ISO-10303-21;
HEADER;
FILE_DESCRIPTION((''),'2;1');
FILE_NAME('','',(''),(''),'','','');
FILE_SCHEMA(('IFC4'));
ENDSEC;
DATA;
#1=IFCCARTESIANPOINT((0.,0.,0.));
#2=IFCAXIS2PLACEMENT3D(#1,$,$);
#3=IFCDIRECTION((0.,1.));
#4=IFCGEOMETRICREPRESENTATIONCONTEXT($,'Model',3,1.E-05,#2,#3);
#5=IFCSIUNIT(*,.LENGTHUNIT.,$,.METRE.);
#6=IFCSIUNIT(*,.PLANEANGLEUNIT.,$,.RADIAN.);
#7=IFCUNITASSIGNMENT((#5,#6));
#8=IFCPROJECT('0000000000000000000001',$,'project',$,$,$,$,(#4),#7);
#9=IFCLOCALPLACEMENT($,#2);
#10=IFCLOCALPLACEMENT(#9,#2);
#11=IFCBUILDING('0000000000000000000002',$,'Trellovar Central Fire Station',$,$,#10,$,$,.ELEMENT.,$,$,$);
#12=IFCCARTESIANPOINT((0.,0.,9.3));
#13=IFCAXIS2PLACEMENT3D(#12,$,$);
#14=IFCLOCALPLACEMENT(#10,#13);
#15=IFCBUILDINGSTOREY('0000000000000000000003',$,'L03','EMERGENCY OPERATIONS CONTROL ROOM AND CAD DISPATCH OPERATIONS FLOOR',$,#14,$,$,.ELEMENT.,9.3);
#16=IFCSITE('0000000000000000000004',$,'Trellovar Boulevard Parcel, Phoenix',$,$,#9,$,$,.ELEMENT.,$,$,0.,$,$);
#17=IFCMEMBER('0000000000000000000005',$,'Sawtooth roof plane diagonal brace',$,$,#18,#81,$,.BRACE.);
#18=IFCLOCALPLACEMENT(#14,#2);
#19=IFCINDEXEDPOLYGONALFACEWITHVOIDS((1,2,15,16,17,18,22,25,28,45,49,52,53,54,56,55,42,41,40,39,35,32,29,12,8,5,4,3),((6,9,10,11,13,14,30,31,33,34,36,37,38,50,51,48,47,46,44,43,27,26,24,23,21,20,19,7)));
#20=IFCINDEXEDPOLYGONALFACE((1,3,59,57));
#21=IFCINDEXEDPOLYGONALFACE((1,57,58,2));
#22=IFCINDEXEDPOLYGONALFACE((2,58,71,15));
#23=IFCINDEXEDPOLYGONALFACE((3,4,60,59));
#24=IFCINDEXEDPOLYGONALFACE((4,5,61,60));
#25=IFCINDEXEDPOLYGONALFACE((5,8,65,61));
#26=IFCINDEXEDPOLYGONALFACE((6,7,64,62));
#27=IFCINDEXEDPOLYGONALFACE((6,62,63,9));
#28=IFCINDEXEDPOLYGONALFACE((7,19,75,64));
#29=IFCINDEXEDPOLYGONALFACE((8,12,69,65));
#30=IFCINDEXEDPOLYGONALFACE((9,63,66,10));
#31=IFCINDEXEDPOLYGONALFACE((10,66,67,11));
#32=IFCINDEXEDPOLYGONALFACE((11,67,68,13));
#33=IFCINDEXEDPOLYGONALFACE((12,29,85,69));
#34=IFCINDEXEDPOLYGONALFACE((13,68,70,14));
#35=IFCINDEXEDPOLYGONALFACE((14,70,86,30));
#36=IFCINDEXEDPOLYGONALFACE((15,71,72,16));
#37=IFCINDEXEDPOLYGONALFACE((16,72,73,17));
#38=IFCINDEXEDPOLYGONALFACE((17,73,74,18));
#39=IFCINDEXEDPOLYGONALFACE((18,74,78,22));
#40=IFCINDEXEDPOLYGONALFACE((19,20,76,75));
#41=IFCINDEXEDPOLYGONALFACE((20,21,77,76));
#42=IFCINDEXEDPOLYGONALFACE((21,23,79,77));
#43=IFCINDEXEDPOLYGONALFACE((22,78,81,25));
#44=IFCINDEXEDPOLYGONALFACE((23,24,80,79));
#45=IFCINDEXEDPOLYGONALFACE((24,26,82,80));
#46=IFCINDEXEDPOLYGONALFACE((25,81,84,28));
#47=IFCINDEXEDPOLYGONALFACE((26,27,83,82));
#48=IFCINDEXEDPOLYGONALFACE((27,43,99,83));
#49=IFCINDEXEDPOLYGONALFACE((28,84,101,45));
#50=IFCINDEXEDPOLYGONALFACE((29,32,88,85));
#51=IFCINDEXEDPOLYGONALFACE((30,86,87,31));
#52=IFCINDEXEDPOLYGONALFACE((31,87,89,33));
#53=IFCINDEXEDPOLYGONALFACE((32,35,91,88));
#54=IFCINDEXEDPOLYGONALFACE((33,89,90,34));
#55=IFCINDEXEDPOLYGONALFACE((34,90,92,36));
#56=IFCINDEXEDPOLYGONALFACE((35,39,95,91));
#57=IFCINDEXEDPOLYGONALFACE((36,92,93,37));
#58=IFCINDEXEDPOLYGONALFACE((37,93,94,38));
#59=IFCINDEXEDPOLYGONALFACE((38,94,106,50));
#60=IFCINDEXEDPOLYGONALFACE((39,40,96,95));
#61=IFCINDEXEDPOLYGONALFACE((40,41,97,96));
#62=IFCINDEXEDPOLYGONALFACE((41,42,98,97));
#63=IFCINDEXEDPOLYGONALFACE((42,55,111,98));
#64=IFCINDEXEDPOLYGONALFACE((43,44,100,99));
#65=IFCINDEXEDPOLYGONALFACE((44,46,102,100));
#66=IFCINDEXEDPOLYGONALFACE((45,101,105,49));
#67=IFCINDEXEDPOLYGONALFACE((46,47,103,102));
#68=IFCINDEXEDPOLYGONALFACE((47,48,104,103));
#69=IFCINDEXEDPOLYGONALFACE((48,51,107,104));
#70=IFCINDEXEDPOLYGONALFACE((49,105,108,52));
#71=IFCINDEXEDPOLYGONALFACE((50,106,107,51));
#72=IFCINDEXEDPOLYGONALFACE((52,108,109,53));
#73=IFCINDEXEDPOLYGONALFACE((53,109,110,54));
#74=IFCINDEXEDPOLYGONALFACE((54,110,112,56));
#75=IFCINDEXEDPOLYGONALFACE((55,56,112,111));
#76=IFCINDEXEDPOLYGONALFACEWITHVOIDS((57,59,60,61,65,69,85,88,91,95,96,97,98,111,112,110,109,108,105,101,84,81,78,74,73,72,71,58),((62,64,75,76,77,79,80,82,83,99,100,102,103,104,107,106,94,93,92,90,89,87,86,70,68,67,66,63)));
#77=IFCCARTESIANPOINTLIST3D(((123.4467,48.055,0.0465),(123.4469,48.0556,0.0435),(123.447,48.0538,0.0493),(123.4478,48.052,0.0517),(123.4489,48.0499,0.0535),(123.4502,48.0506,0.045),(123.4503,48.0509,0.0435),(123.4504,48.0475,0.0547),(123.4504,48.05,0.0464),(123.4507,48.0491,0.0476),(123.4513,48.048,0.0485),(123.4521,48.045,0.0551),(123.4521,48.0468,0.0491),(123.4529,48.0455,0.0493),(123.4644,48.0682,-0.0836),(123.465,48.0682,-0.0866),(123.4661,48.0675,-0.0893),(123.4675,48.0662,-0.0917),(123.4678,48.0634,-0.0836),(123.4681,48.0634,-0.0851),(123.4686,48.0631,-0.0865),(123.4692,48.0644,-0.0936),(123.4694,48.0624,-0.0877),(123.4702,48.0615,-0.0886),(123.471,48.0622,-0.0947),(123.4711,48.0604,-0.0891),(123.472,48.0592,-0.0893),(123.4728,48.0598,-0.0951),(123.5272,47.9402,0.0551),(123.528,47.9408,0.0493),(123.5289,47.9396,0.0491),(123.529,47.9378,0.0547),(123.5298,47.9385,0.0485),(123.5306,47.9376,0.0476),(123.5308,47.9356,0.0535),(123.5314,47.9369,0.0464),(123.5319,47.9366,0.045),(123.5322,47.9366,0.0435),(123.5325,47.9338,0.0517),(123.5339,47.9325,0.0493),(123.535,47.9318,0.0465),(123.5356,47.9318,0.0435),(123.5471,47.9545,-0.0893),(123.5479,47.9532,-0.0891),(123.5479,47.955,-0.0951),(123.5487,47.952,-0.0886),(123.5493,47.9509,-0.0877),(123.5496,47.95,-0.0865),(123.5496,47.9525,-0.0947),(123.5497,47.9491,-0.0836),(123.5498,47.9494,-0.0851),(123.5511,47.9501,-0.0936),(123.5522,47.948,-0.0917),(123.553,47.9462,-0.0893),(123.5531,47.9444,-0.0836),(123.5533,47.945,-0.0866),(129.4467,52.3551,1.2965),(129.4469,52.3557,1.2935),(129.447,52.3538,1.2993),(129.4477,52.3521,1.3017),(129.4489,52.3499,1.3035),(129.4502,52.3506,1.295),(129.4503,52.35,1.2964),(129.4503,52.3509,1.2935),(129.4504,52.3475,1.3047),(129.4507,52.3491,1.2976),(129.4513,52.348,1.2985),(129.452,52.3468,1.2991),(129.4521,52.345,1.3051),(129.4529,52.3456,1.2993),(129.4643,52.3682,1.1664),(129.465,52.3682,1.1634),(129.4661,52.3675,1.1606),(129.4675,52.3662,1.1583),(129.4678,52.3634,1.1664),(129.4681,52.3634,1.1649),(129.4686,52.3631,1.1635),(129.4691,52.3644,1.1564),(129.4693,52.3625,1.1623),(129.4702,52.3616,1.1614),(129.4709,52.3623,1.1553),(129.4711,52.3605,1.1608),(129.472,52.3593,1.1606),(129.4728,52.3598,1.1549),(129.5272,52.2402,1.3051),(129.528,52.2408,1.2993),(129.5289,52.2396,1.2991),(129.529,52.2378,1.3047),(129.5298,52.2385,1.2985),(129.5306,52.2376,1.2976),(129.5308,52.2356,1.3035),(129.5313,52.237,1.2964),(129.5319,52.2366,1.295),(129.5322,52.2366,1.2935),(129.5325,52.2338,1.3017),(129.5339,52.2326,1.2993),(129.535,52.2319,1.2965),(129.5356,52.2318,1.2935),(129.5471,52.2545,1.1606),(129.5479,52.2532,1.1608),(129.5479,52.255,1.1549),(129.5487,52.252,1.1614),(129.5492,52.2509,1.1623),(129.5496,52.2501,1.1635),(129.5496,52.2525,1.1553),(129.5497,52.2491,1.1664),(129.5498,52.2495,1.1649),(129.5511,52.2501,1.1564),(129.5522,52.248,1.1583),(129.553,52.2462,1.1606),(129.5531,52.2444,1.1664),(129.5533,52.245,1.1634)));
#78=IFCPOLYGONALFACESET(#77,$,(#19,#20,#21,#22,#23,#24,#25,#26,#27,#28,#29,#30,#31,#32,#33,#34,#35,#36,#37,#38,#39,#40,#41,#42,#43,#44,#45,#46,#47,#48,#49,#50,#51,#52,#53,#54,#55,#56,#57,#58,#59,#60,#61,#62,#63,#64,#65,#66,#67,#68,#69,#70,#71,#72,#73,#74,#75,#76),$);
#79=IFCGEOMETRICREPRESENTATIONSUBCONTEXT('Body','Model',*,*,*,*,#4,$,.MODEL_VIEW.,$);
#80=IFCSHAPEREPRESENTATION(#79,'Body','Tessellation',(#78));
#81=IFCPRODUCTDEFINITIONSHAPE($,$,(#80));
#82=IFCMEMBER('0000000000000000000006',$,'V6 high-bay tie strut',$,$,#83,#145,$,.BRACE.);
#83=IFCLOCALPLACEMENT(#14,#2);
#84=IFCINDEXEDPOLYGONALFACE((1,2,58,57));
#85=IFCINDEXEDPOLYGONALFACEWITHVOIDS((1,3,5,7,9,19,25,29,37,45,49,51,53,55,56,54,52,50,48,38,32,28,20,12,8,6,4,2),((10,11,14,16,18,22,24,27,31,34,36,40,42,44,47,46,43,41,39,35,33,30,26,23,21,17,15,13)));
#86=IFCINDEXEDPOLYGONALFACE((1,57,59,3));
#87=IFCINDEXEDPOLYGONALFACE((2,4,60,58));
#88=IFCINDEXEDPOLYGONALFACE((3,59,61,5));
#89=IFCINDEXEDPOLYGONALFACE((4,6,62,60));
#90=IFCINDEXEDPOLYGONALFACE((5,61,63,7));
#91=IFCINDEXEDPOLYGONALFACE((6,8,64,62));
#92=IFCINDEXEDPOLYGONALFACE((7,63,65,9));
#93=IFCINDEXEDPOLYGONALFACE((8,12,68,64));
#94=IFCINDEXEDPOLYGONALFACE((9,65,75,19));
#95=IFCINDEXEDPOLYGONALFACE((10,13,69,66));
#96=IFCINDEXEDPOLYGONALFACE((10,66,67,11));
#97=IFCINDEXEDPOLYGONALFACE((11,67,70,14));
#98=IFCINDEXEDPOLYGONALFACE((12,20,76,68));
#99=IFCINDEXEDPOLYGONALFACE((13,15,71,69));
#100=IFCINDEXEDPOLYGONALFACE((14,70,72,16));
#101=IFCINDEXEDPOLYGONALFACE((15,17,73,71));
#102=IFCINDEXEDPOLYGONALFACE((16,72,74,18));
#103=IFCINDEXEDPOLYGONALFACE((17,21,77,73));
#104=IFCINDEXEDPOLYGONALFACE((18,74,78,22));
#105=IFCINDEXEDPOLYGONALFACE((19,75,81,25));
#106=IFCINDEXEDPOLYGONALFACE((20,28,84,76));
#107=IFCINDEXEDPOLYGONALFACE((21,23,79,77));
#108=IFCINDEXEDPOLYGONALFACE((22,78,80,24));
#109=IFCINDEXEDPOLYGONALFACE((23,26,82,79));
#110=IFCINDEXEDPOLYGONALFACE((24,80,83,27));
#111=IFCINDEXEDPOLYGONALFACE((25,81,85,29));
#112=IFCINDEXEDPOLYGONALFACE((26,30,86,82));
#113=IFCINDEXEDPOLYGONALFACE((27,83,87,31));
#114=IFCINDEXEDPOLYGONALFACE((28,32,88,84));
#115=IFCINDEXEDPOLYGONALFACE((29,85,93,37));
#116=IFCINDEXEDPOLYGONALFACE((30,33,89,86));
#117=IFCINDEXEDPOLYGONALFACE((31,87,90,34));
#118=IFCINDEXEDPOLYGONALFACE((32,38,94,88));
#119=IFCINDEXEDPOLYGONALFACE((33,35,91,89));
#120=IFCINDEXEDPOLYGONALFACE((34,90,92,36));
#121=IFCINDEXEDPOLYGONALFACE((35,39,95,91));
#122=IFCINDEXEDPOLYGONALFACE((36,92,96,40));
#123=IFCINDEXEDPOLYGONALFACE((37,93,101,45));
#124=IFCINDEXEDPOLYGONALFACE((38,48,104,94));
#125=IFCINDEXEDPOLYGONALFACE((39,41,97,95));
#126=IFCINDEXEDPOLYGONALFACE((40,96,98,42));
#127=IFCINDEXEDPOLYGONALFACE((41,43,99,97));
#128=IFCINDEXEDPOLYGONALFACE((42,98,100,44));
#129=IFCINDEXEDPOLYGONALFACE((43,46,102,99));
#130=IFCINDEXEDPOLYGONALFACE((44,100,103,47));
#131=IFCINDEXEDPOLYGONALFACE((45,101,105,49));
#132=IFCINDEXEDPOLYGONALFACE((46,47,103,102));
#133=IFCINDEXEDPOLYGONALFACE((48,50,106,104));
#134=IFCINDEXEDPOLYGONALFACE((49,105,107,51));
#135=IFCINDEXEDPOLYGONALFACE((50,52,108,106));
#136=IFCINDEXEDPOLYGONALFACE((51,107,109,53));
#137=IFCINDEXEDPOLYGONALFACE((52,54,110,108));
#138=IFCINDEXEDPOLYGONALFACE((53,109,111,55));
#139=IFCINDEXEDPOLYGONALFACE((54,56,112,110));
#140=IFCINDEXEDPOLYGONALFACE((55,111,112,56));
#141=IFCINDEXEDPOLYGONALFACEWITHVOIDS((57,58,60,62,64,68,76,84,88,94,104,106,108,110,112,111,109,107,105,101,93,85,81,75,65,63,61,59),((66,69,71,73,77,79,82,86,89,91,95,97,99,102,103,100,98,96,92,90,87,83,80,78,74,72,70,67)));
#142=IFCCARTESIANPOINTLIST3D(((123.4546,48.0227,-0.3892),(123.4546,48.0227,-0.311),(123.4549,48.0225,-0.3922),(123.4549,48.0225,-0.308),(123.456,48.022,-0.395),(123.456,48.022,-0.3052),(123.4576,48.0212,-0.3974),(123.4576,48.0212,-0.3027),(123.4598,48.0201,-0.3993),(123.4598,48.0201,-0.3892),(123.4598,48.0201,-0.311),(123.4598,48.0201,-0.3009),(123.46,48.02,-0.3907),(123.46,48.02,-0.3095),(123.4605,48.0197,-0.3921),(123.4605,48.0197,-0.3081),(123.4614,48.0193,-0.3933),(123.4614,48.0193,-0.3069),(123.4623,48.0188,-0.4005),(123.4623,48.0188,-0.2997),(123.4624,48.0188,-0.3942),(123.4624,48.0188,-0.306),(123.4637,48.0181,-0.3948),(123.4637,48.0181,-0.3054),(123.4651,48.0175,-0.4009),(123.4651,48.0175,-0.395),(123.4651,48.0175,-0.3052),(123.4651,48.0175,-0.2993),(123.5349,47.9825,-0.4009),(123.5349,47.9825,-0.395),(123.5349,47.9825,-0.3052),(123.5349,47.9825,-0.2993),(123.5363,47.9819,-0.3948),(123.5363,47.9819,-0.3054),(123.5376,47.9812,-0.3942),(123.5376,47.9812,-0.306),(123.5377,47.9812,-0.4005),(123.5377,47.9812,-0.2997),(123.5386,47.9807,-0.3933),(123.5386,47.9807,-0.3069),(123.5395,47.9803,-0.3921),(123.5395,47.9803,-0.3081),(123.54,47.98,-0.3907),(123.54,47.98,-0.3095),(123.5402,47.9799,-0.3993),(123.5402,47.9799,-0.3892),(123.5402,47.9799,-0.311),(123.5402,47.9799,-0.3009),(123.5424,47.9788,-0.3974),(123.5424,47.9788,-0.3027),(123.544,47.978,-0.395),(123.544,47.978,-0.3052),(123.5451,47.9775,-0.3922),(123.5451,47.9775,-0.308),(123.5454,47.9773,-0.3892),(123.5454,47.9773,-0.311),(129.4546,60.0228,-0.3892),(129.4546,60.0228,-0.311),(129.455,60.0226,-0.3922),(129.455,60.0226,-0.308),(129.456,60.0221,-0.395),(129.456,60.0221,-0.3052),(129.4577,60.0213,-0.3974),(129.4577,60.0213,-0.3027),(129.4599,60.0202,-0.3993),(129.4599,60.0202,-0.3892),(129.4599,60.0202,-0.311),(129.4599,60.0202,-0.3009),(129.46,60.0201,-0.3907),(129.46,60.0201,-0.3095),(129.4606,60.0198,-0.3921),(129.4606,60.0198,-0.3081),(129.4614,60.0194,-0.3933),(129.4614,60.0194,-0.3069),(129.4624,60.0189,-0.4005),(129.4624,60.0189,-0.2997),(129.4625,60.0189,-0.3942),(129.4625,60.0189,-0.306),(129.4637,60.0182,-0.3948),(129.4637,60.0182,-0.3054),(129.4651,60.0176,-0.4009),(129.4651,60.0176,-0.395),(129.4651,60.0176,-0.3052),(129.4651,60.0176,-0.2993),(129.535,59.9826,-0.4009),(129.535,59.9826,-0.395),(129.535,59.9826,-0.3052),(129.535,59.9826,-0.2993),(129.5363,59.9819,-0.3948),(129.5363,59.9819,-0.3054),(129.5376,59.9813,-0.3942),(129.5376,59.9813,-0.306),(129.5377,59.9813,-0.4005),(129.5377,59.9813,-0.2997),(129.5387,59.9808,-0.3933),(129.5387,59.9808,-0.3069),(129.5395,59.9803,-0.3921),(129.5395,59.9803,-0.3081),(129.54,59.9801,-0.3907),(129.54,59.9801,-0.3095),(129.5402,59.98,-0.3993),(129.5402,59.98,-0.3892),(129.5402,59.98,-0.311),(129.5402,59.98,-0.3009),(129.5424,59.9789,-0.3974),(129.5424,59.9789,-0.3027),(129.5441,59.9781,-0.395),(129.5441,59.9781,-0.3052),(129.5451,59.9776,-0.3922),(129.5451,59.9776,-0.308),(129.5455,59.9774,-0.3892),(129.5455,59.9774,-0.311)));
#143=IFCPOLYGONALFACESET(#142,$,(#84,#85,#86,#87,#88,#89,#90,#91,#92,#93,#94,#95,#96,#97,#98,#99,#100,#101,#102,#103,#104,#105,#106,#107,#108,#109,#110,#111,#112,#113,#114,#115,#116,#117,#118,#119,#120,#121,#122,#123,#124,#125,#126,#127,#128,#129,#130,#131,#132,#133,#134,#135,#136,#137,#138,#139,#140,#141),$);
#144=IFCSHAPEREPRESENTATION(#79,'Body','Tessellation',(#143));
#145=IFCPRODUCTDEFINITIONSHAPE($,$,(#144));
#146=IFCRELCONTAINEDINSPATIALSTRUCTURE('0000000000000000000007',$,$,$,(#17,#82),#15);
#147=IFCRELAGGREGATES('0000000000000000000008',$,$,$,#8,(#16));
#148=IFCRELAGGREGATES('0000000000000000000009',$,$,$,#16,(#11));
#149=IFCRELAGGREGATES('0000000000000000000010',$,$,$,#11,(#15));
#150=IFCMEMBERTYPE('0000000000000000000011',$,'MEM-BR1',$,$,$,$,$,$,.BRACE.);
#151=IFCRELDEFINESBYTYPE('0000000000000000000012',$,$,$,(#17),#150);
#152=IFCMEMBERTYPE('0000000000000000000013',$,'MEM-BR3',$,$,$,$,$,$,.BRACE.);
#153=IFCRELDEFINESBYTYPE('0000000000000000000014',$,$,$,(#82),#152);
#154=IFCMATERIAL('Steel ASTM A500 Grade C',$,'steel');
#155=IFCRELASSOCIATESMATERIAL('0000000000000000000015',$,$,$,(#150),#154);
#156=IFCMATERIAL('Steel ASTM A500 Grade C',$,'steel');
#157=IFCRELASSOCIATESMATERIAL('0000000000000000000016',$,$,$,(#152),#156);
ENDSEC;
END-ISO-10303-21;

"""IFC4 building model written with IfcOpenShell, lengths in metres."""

from ifc_helpers import new_model, si_unit, direction, frame, origin, origin_2d, place, context, subcontext, project, spatial, hollow_rectangle, extrude, material, material_profile, profile_set, type_object, element, save


model = new_model("IFC4")

# Units and contexts
model_context = context("Model", 3, precision=1e-05, world=origin(), true_north=direction((0.0, 1.0)))
body_context = subcontext(model_context, "Body", "Model", "MODEL_VIEW")
ifc_project = project(units=[si_unit("LENGTHUNIT", "METRE"), si_unit("PLANEANGLEUNIT", "RADIAN")], contexts=[model_context])

# Site, building, storey
site_placement = place(None, origin())
site = spatial("IfcSite", under=ifc_project, at=site_placement, Name="Trellovar Boulevard Parcel, Phoenix", CompositionType="ELEMENT", RefElevation=0.0)
building_placement = place(site_placement, origin())
building = spatial("IfcBuilding", under=site, at=building_placement, Name="Trellovar Central Fire Station", CompositionType="ELEMENT")
storey_placement = place(building_placement, frame((0.0, 0.0, 9.3)))
storey = spatial("IfcBuildingStorey", under=building, at=storey_placement, Name="L03", Description="EMERGENCY OPERATIONS CONTROL ROOM AND CAD DISPATCH OPERATIONS FLOOR", CompositionType="ELEMENT", Elevation=9.3)

# Members
ifc_material_1 = material(Name="Steel ASTM A500 Grade C", Category="steel")
ifc_material_profile_1 = material_profile(ifc_material_1, hollow_rectangle(XDim=0.1523, YDim=0.1523, WallThickness=0.0059, InnerFilletRadius=0.0059, OuterFilletRadius=0.0117, at=origin_2d()), Name="HSS6X6X1/4")
ifc_profile_set_1 = profile_set([ifc_material_profile_1], Name="Steel ASTM A500 Grade C")
member_type_1 = type_object("IfcMemberType", Name="MEM-BR1", PredefinedType="BRACE", material=ifc_profile_set_1)
for number, where, z_axis, x_axis, name in (
    (1, (123.5, 48.0, -0.02), (0.801405, 0.574347, 0.166959), (-0.582523, 0.812814, 0.0), "Sawtooth roof plane diagonal brace"),
):
    element("IfcMember", number, at=place(storey_placement, frame(where, z_axis=z_axis, x_axis=x_axis)), inside=storey, type_object=member_type_1, Name=name, PredefinedType="BRACE", context=body_context, shape_type="SweptSolid", body=[
        extrude(hollow_rectangle(XDim=0.1523, YDim=0.1523, WallThickness=0.0059, InnerFilletRadius=0.0059, OuterFilletRadius=0.0117, at=origin_2d()), origin(), (0.0, 0.0, 1.0), 7.4868),
    ])
ifc_material_2 = material(Name="Steel ASTM A500 Grade C", Category="steel")
ifc_material_profile_2 = material_profile(ifc_material_2, hollow_rectangle(XDim=0.1016, YDim=0.1016, WallThickness=0.0059, InnerFilletRadius=0.0059, OuterFilletRadius=0.0117, at=origin_2d()), Name="HSS4X4X1/4")
ifc_profile_set_2 = profile_set([ifc_material_profile_2], Name="Steel ASTM A500 Grade C")
member_type_2 = type_object("IfcMemberType", Name="MEM-BR3", PredefinedType="BRACE", material=ifc_profile_set_2)
member_1_placement = place(storey_placement, frame((123.5, 48.0, -0.3501), z_axis=(0.447214, 0.894427, 0.0), x_axis=(-0.894427, 0.447214, 0.0)))
element("IfcMember", 2, at=member_1_placement, inside=storey, type_object=member_type_2, Name="V6 high-bay tie strut", PredefinedType="BRACE", context=body_context, shape_type="SweptSolid", body=[
    extrude(hollow_rectangle(XDim=0.1016, YDim=0.1016, WallThickness=0.0059, InnerFilletRadius=0.0059, OuterFilletRadius=0.0117, at=origin_2d()), origin(), (0.0, 0.0, 1.0), 13.4165),
])

save(model, "model.ifc")
